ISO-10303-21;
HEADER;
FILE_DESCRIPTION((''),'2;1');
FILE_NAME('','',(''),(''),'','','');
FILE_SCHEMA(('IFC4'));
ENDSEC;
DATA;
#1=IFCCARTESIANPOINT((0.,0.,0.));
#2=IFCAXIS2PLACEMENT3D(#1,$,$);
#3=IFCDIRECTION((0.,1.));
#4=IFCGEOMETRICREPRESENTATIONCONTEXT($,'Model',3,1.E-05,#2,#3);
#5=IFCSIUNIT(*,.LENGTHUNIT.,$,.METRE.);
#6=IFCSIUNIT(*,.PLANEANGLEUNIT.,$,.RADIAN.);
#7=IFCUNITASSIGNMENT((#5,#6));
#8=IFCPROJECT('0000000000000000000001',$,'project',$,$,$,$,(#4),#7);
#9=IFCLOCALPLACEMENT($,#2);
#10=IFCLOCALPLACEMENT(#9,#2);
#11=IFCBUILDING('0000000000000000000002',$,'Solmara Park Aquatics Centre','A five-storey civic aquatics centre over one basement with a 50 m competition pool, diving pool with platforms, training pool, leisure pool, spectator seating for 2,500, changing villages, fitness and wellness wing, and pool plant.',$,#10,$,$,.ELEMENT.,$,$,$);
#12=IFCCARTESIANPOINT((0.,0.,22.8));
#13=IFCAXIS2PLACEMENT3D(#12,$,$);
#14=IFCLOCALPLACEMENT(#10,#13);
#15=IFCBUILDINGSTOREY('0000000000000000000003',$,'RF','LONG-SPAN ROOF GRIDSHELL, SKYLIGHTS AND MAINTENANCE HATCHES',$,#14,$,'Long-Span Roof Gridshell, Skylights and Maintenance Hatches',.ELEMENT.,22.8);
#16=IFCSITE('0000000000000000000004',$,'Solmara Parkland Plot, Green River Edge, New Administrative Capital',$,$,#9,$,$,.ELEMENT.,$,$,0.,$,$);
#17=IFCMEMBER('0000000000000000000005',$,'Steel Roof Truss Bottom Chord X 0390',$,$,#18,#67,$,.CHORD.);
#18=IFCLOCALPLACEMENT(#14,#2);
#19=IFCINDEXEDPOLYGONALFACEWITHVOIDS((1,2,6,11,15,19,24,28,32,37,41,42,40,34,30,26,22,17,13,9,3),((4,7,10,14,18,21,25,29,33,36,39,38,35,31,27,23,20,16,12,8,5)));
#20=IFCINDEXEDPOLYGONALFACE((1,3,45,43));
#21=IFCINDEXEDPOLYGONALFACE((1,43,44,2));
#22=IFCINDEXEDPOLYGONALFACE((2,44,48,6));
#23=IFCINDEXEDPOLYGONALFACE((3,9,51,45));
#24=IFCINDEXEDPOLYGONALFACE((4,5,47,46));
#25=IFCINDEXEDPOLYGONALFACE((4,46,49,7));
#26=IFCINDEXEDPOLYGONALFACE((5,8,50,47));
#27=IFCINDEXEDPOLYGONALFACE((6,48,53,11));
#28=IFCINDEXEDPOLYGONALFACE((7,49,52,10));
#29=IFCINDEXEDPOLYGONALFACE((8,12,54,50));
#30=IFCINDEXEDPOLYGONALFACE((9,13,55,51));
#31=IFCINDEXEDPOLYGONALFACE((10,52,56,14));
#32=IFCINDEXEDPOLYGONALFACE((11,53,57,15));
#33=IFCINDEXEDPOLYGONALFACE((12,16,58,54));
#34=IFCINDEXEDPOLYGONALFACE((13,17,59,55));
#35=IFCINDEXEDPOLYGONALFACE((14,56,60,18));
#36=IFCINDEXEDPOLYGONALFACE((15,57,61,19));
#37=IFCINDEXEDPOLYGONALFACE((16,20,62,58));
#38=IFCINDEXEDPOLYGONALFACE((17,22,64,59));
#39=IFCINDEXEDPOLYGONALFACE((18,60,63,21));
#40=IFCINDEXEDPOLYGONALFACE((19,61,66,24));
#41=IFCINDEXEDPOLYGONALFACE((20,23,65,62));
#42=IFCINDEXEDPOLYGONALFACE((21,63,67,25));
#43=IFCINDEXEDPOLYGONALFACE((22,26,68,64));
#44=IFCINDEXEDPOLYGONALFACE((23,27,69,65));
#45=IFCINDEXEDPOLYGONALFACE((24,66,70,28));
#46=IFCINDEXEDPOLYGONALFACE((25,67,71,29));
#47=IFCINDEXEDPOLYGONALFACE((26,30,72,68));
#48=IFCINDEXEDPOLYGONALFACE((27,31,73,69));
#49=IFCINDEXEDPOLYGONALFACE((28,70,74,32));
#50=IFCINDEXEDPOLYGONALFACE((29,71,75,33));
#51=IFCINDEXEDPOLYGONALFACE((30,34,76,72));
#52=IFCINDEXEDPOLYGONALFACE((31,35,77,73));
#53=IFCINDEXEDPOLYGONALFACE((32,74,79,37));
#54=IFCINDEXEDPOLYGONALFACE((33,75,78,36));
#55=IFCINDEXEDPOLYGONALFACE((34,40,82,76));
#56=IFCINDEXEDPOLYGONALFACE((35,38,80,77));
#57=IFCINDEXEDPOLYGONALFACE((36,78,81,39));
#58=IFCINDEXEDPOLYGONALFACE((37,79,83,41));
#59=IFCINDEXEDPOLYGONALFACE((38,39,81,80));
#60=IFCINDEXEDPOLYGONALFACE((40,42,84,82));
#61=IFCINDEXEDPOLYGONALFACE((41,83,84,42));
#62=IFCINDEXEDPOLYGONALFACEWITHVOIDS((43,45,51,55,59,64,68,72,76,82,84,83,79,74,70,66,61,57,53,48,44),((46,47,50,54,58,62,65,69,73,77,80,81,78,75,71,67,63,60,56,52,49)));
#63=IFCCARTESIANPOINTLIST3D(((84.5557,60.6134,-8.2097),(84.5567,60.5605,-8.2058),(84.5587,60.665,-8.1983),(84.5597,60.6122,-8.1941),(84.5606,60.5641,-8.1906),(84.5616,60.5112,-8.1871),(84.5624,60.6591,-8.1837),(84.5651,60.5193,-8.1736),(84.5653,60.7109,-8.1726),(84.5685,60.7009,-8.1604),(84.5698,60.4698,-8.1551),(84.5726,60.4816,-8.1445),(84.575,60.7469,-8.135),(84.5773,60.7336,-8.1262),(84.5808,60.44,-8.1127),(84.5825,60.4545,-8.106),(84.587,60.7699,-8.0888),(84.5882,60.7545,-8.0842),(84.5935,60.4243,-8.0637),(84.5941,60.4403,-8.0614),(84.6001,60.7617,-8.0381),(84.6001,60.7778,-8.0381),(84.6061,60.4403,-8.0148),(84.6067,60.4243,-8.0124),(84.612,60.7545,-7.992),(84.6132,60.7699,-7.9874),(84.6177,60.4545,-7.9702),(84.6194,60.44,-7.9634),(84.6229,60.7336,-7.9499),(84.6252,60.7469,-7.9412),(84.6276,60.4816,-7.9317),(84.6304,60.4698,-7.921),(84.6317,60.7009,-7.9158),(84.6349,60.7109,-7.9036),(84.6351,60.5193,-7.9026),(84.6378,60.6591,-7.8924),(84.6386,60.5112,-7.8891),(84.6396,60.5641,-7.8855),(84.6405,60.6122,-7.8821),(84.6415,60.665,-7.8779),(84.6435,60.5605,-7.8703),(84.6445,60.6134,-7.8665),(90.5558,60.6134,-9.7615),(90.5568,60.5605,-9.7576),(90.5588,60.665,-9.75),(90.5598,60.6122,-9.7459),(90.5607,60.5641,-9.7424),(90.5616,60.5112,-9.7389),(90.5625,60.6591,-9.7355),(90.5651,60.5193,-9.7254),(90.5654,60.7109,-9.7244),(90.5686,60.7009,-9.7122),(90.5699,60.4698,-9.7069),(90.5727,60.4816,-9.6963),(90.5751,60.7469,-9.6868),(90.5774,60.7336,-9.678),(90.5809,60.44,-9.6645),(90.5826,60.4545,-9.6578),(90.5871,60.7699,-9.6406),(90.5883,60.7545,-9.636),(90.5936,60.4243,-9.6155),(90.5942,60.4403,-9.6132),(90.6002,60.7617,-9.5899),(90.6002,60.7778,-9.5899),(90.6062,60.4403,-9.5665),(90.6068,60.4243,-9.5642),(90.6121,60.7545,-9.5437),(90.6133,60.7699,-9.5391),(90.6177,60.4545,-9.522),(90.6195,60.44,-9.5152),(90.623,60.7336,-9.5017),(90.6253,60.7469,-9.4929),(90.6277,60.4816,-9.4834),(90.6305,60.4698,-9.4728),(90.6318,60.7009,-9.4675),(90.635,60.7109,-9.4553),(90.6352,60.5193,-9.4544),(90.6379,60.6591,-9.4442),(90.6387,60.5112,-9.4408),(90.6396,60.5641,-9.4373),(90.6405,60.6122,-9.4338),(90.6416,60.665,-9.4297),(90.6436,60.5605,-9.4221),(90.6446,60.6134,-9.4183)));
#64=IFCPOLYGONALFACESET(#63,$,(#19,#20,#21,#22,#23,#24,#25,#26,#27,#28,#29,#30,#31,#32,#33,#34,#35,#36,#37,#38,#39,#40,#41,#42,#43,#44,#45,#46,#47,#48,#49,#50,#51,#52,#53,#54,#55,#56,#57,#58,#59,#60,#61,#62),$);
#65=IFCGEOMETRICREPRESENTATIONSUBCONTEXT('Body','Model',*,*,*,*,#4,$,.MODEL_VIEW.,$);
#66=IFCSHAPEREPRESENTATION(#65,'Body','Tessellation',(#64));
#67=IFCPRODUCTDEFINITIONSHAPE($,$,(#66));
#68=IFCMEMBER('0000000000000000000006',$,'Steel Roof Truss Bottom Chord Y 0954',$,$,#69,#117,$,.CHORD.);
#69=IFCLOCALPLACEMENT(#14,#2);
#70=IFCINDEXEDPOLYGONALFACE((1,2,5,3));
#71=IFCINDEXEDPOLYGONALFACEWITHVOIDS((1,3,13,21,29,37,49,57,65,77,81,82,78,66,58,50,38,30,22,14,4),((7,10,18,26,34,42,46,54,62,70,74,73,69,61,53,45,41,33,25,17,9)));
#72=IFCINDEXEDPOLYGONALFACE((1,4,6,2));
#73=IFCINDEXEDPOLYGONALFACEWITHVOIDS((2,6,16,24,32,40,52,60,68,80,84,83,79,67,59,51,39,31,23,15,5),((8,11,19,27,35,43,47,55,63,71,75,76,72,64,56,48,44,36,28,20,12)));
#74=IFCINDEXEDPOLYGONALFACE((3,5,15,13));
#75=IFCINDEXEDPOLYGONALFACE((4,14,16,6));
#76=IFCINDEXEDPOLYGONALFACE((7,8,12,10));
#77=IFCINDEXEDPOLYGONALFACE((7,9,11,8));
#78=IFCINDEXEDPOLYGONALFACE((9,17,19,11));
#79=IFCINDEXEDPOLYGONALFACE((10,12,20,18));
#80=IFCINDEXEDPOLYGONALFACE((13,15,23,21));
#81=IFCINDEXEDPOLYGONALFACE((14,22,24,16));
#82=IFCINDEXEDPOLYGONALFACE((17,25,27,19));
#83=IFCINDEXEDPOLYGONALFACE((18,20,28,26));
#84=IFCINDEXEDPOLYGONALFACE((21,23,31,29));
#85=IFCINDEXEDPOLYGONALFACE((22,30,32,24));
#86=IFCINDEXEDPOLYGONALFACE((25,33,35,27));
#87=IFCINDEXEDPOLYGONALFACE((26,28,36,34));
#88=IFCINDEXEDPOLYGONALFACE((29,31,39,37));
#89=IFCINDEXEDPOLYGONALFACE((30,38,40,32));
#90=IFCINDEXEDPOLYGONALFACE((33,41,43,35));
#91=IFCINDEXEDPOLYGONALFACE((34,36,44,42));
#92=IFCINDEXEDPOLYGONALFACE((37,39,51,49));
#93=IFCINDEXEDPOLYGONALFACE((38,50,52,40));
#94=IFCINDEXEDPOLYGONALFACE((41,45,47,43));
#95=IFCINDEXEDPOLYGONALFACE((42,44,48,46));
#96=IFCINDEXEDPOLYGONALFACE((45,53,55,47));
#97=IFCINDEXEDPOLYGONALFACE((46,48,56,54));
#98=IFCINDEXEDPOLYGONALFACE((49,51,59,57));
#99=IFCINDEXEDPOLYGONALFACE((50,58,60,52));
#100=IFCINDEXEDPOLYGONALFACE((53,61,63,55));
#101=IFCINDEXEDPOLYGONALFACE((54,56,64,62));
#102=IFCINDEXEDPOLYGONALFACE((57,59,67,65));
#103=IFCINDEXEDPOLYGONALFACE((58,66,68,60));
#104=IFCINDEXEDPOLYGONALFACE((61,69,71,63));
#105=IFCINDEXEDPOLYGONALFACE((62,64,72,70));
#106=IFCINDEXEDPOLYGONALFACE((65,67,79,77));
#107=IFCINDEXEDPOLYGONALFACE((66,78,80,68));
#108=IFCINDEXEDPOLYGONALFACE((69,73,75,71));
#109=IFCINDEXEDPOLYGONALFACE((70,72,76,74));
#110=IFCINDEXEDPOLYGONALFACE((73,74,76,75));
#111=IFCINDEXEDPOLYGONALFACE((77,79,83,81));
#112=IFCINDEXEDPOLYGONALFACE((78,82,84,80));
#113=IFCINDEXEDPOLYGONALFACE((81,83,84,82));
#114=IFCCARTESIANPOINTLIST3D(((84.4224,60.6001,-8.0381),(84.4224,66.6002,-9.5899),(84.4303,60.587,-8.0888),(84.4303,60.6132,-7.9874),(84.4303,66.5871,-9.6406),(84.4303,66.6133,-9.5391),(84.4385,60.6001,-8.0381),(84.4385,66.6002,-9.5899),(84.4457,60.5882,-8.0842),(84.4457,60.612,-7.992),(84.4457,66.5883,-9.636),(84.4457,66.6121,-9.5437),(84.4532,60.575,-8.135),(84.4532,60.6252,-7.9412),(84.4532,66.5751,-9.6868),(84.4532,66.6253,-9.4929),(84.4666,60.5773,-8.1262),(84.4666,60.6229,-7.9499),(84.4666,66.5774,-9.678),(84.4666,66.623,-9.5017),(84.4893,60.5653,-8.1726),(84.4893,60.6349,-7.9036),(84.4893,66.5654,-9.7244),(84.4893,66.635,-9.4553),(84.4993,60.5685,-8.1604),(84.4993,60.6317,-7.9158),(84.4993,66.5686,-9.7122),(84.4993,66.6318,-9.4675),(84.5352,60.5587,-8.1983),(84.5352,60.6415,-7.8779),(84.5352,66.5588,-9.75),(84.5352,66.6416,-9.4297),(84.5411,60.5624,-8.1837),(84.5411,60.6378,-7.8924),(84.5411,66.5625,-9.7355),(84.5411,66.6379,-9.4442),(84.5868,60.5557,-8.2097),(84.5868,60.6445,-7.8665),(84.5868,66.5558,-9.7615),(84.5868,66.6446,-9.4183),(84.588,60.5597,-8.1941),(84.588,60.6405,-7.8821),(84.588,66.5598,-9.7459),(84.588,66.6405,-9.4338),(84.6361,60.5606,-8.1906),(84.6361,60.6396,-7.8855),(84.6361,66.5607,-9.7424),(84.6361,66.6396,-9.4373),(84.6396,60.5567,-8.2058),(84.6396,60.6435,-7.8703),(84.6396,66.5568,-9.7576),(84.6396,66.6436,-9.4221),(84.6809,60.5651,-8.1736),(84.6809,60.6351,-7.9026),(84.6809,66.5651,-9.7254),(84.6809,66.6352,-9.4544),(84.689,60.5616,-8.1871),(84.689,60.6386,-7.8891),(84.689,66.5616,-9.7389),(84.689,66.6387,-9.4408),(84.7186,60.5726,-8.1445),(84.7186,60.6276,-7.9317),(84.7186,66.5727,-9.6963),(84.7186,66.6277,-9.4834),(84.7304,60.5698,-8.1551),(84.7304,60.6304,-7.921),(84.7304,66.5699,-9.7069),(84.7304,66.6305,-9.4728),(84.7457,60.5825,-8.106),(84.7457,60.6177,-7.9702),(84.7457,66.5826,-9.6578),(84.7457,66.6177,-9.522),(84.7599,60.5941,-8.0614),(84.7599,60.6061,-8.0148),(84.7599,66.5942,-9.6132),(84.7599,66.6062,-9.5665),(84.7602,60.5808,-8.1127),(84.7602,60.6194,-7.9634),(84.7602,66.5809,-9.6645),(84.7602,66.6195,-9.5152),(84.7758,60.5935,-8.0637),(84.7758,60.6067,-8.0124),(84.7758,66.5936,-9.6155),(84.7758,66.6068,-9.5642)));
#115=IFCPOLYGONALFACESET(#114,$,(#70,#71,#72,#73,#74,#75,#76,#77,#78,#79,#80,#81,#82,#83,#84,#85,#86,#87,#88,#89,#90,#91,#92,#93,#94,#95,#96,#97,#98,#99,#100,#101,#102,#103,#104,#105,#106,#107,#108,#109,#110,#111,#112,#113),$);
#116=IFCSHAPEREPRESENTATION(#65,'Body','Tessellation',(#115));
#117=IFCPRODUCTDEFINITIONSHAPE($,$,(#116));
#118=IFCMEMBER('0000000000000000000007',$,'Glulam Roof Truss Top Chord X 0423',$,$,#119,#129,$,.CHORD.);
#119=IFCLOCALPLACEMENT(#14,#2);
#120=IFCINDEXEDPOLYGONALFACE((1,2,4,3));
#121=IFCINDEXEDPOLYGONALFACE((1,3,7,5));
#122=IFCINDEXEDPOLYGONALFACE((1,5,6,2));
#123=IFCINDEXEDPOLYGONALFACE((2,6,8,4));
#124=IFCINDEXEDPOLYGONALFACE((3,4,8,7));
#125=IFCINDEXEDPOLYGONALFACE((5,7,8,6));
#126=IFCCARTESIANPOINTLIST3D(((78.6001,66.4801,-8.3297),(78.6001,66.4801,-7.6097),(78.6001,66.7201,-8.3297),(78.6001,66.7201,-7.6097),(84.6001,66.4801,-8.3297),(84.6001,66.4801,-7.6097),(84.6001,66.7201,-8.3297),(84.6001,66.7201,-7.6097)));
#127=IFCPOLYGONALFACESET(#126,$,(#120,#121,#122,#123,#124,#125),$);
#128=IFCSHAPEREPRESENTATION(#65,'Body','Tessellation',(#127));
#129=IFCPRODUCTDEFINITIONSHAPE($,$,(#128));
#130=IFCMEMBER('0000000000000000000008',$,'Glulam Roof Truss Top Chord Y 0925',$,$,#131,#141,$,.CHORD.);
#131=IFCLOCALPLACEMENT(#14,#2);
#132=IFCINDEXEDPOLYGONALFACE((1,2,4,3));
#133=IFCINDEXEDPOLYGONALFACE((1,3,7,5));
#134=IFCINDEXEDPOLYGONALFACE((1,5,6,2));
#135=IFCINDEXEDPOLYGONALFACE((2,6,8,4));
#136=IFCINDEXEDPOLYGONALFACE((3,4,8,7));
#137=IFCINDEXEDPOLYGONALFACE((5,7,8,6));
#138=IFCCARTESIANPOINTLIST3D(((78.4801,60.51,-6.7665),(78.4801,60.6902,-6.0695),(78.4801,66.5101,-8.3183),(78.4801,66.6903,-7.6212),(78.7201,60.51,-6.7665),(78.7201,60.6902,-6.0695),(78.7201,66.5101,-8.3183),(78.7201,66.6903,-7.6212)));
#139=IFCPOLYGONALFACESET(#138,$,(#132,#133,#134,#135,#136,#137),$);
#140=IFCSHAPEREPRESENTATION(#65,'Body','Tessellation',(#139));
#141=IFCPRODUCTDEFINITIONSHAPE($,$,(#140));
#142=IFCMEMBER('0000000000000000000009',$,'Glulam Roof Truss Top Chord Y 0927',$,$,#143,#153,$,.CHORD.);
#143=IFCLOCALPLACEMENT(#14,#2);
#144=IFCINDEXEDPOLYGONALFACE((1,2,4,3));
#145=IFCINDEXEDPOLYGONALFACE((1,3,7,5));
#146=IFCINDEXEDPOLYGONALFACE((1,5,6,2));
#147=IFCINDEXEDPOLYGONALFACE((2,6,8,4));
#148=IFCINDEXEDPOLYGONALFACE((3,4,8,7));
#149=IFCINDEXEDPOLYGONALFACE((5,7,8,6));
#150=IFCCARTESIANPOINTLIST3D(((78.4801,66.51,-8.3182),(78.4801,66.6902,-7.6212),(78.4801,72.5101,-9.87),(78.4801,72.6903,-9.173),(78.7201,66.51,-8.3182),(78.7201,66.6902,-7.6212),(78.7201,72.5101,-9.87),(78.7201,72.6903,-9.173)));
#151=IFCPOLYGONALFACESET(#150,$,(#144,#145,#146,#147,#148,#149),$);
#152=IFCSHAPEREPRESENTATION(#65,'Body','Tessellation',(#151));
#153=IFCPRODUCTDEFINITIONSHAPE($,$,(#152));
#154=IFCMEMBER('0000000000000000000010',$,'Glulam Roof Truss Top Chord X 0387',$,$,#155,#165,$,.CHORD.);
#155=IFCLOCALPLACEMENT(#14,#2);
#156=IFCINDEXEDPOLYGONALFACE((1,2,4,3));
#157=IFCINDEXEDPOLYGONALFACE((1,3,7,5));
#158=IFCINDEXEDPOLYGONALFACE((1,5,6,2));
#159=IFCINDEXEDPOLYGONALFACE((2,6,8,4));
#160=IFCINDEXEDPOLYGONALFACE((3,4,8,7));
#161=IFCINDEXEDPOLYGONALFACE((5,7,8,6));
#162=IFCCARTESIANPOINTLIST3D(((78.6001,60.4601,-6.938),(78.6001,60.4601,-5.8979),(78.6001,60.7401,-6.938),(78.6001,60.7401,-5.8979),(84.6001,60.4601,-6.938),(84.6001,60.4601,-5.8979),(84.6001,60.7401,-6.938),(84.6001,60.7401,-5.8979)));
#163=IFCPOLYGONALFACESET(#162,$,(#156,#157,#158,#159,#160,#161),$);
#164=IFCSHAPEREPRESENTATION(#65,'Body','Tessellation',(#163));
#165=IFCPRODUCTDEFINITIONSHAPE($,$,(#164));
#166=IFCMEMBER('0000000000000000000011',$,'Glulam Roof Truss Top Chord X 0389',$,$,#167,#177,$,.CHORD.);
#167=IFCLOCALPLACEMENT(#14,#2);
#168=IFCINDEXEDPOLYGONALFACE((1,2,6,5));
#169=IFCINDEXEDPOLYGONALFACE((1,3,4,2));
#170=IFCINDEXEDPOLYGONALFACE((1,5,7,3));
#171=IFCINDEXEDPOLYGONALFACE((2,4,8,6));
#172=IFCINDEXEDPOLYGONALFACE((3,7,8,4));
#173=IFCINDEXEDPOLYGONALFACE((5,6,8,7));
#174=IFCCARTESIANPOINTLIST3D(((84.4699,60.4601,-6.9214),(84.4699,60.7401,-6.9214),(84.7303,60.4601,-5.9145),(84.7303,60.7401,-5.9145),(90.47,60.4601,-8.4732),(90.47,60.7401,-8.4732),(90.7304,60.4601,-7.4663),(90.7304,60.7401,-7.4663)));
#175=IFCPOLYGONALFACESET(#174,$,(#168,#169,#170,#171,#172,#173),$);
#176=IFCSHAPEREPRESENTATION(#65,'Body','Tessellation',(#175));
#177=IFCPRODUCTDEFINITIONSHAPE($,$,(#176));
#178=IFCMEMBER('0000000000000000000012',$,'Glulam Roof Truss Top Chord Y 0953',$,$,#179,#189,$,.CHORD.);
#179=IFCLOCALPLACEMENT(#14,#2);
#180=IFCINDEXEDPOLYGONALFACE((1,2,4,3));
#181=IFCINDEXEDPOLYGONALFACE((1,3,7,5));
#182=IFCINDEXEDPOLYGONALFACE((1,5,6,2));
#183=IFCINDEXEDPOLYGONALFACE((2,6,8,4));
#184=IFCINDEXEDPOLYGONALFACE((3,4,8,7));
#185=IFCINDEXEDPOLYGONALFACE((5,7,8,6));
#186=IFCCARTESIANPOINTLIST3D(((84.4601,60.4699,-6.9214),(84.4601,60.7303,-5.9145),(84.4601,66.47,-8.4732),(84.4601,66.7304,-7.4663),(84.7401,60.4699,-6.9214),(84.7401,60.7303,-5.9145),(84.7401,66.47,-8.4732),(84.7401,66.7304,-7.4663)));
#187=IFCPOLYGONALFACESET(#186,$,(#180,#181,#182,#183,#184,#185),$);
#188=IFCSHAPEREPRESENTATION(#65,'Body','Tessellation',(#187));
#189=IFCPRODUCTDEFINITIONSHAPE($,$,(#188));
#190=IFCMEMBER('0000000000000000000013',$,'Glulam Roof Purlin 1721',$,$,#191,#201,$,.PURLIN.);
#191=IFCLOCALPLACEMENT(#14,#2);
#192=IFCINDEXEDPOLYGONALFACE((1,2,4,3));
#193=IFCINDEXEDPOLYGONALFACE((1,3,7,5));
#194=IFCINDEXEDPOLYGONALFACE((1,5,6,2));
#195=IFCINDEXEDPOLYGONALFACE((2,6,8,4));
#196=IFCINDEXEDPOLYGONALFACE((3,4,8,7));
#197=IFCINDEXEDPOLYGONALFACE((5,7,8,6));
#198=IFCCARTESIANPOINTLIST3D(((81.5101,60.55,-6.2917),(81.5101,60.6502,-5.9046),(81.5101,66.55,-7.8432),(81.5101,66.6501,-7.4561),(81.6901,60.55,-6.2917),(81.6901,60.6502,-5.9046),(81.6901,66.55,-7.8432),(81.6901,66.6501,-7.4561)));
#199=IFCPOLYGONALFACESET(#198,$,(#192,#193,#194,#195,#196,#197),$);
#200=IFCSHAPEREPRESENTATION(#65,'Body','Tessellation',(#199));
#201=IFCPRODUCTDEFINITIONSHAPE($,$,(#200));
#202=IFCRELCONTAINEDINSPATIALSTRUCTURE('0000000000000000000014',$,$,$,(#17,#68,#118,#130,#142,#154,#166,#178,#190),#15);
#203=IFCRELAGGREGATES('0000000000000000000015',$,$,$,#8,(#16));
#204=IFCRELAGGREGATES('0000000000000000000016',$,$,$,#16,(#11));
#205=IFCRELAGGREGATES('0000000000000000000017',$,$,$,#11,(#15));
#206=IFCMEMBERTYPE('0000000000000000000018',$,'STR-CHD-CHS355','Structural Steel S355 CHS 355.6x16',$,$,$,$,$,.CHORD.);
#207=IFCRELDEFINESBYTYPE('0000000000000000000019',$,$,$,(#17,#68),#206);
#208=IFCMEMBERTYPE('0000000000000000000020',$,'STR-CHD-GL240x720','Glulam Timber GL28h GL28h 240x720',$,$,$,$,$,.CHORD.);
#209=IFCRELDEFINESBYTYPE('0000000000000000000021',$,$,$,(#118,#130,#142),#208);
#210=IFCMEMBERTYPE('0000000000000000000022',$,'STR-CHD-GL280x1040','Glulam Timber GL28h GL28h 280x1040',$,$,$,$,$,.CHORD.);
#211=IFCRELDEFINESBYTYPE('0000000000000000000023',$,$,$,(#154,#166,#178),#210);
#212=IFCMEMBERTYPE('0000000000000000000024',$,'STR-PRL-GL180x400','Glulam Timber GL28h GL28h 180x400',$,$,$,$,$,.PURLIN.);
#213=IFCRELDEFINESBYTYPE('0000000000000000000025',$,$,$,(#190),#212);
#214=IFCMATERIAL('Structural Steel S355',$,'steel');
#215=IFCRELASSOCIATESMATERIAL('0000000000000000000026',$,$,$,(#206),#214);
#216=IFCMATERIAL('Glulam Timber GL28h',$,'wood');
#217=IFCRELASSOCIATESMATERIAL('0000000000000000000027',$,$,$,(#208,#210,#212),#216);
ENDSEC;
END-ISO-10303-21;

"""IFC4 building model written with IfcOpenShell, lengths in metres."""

from ifc_helpers import new_model, si_unit, direction, frame, origin, origin_2d, place, context, subcontext, project, spatial, rectangle, hollow_circle, extrude, material, material_profile, profile_set, type_object, element, save


model = new_model("IFC4")

# Units and contexts
model_context = context("Model", 3, precision=1e-05, world=origin(), true_north=direction((0.0, 1.0)))
body_context = subcontext(model_context, "Body", "Model", "MODEL_VIEW")
ifc_project = project(units=[si_unit("LENGTHUNIT", "METRE"), si_unit("PLANEANGLEUNIT", "RADIAN")], contexts=[model_context])

# Site, building, storey
site_placement = place(None, origin())
site = spatial("IfcSite", under=ifc_project, at=site_placement, Name="Solmara Parkland Plot, Green River Edge, New Administrative Capital", CompositionType="ELEMENT", RefElevation=0.0)
building_placement = place(site_placement, origin())
building = spatial("IfcBuilding", under=site, at=building_placement, Name="Solmara Park Aquatics Centre", Description="A five-storey civic aquatics centre over one basement with a 50 m competition pool, diving pool with platforms, training pool, leisure pool, spectator seating for 2,500, changing villages, fitness and wellness wing, and pool plant.", CompositionType="ELEMENT")
storey_placement = place(building_placement, frame((0.0, 0.0, 22.8)))
storey = spatial("IfcBuildingStorey", under=building, at=storey_placement, Name="RF", Description="LONG-SPAN ROOF GRIDSHELL, SKYLIGHTS AND MAINTENANCE HATCHES", LongName="Long-Span Roof Gridshell, Skylights and Maintenance Hatches", CompositionType="ELEMENT", Elevation=22.8)

# Members
ifc_material_1 = material(Name="Structural Steel S355", Category="steel")
ifc_material_profile_1 = material_profile(ifc_material_1, hollow_circle(Radius=0.1777, WallThickness=0.0161, at=origin_2d()), Name="CHS 355.6x16")
ifc_profile_set_1 = profile_set([ifc_material_profile_1], Name="Structural Steel S355")
member_type_1 = type_object("IfcMemberType", Name="STR-CHD-CHS355", Description="Structural Steel S355 CHS 355.6x16", PredefinedType="CHORD", material=ifc_profile_set_1)
for number, where, z_axis, x_axis, name in (
    (1, (84.6001, 60.6001, -8.0381), (0.968146, 0.0, -0.250388), (0.0, 1.0, 0.0), "Steel Roof Truss Bottom Chord X 0390"),
    (2, (84.6001, 60.6001, -8.0381), (0.0, 0.968146, -0.250388), (-1.0, 0.0, 0.0), "Steel Roof Truss Bottom Chord Y 0954"),
):
    element("IfcMember", number, at=place(storey_placement, frame(where, z_axis=z_axis, x_axis=x_axis)), inside=storey, type_object=member_type_1, Name=name, PredefinedType="CHORD", context=body_context, shape_type="SweptSolid", body=[
        extrude(hollow_circle(Radius=0.1777, WallThickness=0.0161, at=origin_2d()), origin(), (0.0, 0.0, 1.0), 6.1975),
    ])
ifc_material_2 = material(Name="Glulam Timber GL28h", Category="wood")
ifc_material_profile_2 = material_profile(ifc_material_2, rectangle(XDim=0.24, YDim=0.72, at=origin_2d()), Name="GL28h 240x720")
ifc_profile_set_2 = profile_set([ifc_material_profile_2], Name="Glulam Timber GL28h")
member_type_2 = type_object("IfcMemberType", Name="STR-CHD-GL240x720", Description="Glulam Timber GL28h GL28h 240x720", PredefinedType="CHORD", material=ifc_profile_set_2)
member_1_placement = place(storey_placement, frame((78.6001, 66.6001, -7.9697), z_axis=(1.0, 0.0, 0.0), x_axis=(0.0, 1.0, 0.0)))
element("IfcMember", 3, at=member_1_placement, inside=storey, type_object=member_type_2, Name="Glulam Roof Truss Top Chord X 0423", PredefinedType="CHORD", context=body_context, shape_type="SweptSolid", body=[
    extrude(rectangle(XDim=0.24, YDim=0.72, at=origin_2d()), origin(), (0.0, 0.0, 1.0), 6.0),
])
for number, where, z_axis, x_axis, name in (
    (4, (78.6001, 60.6001, -6.418), (0.0, 0.968146, -0.250388), (-1.0, 0.0, 0.0), "Glulam Roof Truss Top Chord Y 0925"),
    (5, (78.6001, 66.6001, -7.9697), (0.0, 0.968146, -0.250388), (-1.0, 0.0, 0.0), "Glulam Roof Truss Top Chord Y 0927"),
):
    element("IfcMember", number, at=place(storey_placement, frame(where, z_axis=z_axis, x_axis=x_axis)), inside=storey, type_object=member_type_2, Name=name, PredefinedType="CHORD", context=body_context, shape_type="SweptSolid", body=[
        extrude(rectangle(XDim=0.24, YDim=0.72, at=origin_2d()), origin(), (0.0, 0.0, 1.0), 6.1975),
    ])
ifc_material_profile_3 = material_profile(ifc_material_2, rectangle(XDim=0.28, YDim=1.04, at=origin_2d()), Name="GL28h 280x1040")
ifc_profile_set_3 = profile_set([ifc_material_profile_3], Name="Glulam Timber GL28h")
member_type_3 = type_object("IfcMemberType", Name="STR-CHD-GL280x1040", Description="Glulam Timber GL28h GL28h 280x1040", PredefinedType="CHORD", material=ifc_profile_set_3)
member_2_placement = place(storey_placement, frame((78.6001, 60.6001, -6.418), z_axis=(1.0, 0.0, 0.0), x_axis=(0.0, 1.0, 0.0)))
element("IfcMember", 6, at=member_2_placement, inside=storey, type_object=member_type_3, Name="Glulam Roof Truss Top Chord X 0387", PredefinedType="CHORD", context=body_context, shape_type="SweptSolid", body=[
    extrude(rectangle(XDim=0.28, YDim=1.04, at=origin_2d()), origin(), (0.0, 0.0, 1.0), 6.0),
])
for number, where, z_axis, x_axis, name in (
    (7, (84.6001, 60.6001, -6.418), (0.968146, 0.0, -0.250388), (0.0, 1.0, 0.0), "Glulam Roof Truss Top Chord X 0389"),
    (8, (84.6001, 60.6001, -6.418), (0.0, 0.968146, -0.250388), (-1.0, 0.0, 0.0), "Glulam Roof Truss Top Chord Y 0953"),
):
    element("IfcMember", number, at=place(storey_placement, frame(where, z_axis=z_axis, x_axis=x_axis)), inside=storey, type_object=member_type_3, Name=name, PredefinedType="CHORD", context=body_context, shape_type="SweptSolid", body=[
        extrude(rectangle(XDim=0.28, YDim=1.04, at=origin_2d()), origin(), (0.0, 0.0, 1.0), 6.1975),
    ])
ifc_material_profile_4 = material_profile(ifc_material_2, rectangle(XDim=0.1799, YDim=0.3999, at=origin_2d()), Name="GL28h 180x400")
ifc_profile_set_4 = profile_set([ifc_material_profile_4], Name="Glulam Timber GL28h")
member_type_4 = type_object("IfcMemberType", Name="STR-PRL-GL180x400", Description="Glulam Timber GL28h GL28h 180x400", PredefinedType="PURLIN", material=ifc_profile_set_4)
member_3_placement = place(storey_placement, frame((81.6001, 60.6001, -6.0981), z_axis=(0.0, 0.968155, -0.250351), x_axis=(-1.0, 0.0, 0.0)))
element("IfcMember", 9, at=member_3_placement, inside=storey, type_object=member_type_4, Name="Glulam Roof Purlin 1721", PredefinedType="PURLIN", context=body_context, shape_type="SweptSolid", body=[
    extrude(rectangle(XDim=0.1799, YDim=0.3999, at=origin_2d()), origin(), (0.0, 0.0, 1.0), 6.1973),
])

save(model, "model.ifc")
